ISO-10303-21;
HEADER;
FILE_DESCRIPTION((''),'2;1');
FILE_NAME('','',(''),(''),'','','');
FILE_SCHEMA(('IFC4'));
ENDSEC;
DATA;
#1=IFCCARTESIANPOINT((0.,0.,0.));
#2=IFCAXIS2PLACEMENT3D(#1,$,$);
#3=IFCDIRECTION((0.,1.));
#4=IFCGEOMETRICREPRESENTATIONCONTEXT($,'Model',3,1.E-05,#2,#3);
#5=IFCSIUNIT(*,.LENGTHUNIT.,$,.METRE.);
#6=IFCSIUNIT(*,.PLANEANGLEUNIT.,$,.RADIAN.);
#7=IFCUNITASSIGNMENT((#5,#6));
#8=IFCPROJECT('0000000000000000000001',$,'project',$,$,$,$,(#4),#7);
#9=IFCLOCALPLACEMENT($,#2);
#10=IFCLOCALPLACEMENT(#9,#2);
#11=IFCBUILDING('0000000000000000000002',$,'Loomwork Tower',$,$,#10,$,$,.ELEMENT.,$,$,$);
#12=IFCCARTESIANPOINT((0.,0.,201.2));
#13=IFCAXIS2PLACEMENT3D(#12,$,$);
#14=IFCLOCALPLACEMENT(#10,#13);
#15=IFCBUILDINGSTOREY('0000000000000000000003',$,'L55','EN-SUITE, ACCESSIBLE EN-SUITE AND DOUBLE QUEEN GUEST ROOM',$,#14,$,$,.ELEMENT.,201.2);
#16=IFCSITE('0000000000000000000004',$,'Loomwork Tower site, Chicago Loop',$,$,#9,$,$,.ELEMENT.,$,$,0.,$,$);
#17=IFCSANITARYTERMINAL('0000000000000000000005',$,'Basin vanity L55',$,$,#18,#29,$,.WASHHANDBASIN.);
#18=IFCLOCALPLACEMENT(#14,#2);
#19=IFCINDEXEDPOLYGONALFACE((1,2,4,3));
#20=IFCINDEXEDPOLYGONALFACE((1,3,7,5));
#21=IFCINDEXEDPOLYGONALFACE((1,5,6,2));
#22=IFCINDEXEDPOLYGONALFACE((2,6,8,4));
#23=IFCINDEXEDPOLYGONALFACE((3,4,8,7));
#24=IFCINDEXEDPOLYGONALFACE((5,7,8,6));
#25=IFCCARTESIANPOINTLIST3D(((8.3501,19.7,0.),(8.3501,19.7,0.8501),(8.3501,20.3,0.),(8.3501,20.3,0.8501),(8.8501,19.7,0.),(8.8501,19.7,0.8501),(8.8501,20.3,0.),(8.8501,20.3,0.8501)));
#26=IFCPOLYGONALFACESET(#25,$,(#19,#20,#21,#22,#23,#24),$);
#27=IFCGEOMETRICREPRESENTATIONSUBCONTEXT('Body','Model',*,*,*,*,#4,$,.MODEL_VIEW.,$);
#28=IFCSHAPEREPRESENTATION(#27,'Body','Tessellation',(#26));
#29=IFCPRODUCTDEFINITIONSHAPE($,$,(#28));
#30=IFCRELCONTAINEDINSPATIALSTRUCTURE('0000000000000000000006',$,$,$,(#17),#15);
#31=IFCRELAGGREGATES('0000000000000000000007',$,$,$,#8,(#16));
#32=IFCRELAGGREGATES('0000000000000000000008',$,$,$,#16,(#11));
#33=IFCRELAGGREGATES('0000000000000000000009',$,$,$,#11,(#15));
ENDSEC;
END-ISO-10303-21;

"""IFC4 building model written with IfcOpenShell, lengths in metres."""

from ifc_helpers import new_model, si_unit, direction, frame, origin, origin_2d, place, context, subcontext, project, spatial, rectangle, extrude, element, save


model = new_model("IFC4")

# Units and contexts
model_context = context("Model", 3, precision=1e-05, world=origin(), true_north=direction((0.0, 1.0)))
body_context = subcontext(model_context, "Body", "Model", "MODEL_VIEW")
ifc_project = project(units=[si_unit("LENGTHUNIT", "METRE"), si_unit("PLANEANGLEUNIT", "RADIAN")], contexts=[model_context])

# Site, building, storey
site_placement = place(None, origin())
site = spatial("IfcSite", under=ifc_project, at=site_placement, Name="Loomwork Tower site, Chicago Loop", CompositionType="ELEMENT", RefElevation=0.0)
building_placement = place(site_placement, origin())
building = spatial("IfcBuilding", under=site, at=building_placement, Name="Loomwork Tower", CompositionType="ELEMENT")
storey_placement = place(building_placement, frame((0.0, 0.0, 201.2)))
storey = spatial("IfcBuildingStorey", under=building, at=storey_placement, Name="L55", Description="EN-SUITE, ACCESSIBLE EN-SUITE AND DOUBLE QUEEN GUEST ROOM", CompositionType="ELEMENT", Elevation=201.2)

# Sanitary terminal
sanitary_terminal_placement = place(storey_placement, frame((8.6001, 20.0, 0.0), z_axis=(0.0, 0.0, 1.0), x_axis=(1.0, 0.0, 0.0)))
element("IfcSanitaryTerminal", 1, at=sanitary_terminal_placement, inside=storey, Name="Basin vanity L55", PredefinedType="WASHHANDBASIN", context=body_context, shape_type="SweptSolid", body=[
    extrude(rectangle(XDim=0.5, YDim=0.6001, at=origin_2d()), origin(), (0.0, 0.0, 1.0), 0.8501),
])

save(model, "model.ifc")
